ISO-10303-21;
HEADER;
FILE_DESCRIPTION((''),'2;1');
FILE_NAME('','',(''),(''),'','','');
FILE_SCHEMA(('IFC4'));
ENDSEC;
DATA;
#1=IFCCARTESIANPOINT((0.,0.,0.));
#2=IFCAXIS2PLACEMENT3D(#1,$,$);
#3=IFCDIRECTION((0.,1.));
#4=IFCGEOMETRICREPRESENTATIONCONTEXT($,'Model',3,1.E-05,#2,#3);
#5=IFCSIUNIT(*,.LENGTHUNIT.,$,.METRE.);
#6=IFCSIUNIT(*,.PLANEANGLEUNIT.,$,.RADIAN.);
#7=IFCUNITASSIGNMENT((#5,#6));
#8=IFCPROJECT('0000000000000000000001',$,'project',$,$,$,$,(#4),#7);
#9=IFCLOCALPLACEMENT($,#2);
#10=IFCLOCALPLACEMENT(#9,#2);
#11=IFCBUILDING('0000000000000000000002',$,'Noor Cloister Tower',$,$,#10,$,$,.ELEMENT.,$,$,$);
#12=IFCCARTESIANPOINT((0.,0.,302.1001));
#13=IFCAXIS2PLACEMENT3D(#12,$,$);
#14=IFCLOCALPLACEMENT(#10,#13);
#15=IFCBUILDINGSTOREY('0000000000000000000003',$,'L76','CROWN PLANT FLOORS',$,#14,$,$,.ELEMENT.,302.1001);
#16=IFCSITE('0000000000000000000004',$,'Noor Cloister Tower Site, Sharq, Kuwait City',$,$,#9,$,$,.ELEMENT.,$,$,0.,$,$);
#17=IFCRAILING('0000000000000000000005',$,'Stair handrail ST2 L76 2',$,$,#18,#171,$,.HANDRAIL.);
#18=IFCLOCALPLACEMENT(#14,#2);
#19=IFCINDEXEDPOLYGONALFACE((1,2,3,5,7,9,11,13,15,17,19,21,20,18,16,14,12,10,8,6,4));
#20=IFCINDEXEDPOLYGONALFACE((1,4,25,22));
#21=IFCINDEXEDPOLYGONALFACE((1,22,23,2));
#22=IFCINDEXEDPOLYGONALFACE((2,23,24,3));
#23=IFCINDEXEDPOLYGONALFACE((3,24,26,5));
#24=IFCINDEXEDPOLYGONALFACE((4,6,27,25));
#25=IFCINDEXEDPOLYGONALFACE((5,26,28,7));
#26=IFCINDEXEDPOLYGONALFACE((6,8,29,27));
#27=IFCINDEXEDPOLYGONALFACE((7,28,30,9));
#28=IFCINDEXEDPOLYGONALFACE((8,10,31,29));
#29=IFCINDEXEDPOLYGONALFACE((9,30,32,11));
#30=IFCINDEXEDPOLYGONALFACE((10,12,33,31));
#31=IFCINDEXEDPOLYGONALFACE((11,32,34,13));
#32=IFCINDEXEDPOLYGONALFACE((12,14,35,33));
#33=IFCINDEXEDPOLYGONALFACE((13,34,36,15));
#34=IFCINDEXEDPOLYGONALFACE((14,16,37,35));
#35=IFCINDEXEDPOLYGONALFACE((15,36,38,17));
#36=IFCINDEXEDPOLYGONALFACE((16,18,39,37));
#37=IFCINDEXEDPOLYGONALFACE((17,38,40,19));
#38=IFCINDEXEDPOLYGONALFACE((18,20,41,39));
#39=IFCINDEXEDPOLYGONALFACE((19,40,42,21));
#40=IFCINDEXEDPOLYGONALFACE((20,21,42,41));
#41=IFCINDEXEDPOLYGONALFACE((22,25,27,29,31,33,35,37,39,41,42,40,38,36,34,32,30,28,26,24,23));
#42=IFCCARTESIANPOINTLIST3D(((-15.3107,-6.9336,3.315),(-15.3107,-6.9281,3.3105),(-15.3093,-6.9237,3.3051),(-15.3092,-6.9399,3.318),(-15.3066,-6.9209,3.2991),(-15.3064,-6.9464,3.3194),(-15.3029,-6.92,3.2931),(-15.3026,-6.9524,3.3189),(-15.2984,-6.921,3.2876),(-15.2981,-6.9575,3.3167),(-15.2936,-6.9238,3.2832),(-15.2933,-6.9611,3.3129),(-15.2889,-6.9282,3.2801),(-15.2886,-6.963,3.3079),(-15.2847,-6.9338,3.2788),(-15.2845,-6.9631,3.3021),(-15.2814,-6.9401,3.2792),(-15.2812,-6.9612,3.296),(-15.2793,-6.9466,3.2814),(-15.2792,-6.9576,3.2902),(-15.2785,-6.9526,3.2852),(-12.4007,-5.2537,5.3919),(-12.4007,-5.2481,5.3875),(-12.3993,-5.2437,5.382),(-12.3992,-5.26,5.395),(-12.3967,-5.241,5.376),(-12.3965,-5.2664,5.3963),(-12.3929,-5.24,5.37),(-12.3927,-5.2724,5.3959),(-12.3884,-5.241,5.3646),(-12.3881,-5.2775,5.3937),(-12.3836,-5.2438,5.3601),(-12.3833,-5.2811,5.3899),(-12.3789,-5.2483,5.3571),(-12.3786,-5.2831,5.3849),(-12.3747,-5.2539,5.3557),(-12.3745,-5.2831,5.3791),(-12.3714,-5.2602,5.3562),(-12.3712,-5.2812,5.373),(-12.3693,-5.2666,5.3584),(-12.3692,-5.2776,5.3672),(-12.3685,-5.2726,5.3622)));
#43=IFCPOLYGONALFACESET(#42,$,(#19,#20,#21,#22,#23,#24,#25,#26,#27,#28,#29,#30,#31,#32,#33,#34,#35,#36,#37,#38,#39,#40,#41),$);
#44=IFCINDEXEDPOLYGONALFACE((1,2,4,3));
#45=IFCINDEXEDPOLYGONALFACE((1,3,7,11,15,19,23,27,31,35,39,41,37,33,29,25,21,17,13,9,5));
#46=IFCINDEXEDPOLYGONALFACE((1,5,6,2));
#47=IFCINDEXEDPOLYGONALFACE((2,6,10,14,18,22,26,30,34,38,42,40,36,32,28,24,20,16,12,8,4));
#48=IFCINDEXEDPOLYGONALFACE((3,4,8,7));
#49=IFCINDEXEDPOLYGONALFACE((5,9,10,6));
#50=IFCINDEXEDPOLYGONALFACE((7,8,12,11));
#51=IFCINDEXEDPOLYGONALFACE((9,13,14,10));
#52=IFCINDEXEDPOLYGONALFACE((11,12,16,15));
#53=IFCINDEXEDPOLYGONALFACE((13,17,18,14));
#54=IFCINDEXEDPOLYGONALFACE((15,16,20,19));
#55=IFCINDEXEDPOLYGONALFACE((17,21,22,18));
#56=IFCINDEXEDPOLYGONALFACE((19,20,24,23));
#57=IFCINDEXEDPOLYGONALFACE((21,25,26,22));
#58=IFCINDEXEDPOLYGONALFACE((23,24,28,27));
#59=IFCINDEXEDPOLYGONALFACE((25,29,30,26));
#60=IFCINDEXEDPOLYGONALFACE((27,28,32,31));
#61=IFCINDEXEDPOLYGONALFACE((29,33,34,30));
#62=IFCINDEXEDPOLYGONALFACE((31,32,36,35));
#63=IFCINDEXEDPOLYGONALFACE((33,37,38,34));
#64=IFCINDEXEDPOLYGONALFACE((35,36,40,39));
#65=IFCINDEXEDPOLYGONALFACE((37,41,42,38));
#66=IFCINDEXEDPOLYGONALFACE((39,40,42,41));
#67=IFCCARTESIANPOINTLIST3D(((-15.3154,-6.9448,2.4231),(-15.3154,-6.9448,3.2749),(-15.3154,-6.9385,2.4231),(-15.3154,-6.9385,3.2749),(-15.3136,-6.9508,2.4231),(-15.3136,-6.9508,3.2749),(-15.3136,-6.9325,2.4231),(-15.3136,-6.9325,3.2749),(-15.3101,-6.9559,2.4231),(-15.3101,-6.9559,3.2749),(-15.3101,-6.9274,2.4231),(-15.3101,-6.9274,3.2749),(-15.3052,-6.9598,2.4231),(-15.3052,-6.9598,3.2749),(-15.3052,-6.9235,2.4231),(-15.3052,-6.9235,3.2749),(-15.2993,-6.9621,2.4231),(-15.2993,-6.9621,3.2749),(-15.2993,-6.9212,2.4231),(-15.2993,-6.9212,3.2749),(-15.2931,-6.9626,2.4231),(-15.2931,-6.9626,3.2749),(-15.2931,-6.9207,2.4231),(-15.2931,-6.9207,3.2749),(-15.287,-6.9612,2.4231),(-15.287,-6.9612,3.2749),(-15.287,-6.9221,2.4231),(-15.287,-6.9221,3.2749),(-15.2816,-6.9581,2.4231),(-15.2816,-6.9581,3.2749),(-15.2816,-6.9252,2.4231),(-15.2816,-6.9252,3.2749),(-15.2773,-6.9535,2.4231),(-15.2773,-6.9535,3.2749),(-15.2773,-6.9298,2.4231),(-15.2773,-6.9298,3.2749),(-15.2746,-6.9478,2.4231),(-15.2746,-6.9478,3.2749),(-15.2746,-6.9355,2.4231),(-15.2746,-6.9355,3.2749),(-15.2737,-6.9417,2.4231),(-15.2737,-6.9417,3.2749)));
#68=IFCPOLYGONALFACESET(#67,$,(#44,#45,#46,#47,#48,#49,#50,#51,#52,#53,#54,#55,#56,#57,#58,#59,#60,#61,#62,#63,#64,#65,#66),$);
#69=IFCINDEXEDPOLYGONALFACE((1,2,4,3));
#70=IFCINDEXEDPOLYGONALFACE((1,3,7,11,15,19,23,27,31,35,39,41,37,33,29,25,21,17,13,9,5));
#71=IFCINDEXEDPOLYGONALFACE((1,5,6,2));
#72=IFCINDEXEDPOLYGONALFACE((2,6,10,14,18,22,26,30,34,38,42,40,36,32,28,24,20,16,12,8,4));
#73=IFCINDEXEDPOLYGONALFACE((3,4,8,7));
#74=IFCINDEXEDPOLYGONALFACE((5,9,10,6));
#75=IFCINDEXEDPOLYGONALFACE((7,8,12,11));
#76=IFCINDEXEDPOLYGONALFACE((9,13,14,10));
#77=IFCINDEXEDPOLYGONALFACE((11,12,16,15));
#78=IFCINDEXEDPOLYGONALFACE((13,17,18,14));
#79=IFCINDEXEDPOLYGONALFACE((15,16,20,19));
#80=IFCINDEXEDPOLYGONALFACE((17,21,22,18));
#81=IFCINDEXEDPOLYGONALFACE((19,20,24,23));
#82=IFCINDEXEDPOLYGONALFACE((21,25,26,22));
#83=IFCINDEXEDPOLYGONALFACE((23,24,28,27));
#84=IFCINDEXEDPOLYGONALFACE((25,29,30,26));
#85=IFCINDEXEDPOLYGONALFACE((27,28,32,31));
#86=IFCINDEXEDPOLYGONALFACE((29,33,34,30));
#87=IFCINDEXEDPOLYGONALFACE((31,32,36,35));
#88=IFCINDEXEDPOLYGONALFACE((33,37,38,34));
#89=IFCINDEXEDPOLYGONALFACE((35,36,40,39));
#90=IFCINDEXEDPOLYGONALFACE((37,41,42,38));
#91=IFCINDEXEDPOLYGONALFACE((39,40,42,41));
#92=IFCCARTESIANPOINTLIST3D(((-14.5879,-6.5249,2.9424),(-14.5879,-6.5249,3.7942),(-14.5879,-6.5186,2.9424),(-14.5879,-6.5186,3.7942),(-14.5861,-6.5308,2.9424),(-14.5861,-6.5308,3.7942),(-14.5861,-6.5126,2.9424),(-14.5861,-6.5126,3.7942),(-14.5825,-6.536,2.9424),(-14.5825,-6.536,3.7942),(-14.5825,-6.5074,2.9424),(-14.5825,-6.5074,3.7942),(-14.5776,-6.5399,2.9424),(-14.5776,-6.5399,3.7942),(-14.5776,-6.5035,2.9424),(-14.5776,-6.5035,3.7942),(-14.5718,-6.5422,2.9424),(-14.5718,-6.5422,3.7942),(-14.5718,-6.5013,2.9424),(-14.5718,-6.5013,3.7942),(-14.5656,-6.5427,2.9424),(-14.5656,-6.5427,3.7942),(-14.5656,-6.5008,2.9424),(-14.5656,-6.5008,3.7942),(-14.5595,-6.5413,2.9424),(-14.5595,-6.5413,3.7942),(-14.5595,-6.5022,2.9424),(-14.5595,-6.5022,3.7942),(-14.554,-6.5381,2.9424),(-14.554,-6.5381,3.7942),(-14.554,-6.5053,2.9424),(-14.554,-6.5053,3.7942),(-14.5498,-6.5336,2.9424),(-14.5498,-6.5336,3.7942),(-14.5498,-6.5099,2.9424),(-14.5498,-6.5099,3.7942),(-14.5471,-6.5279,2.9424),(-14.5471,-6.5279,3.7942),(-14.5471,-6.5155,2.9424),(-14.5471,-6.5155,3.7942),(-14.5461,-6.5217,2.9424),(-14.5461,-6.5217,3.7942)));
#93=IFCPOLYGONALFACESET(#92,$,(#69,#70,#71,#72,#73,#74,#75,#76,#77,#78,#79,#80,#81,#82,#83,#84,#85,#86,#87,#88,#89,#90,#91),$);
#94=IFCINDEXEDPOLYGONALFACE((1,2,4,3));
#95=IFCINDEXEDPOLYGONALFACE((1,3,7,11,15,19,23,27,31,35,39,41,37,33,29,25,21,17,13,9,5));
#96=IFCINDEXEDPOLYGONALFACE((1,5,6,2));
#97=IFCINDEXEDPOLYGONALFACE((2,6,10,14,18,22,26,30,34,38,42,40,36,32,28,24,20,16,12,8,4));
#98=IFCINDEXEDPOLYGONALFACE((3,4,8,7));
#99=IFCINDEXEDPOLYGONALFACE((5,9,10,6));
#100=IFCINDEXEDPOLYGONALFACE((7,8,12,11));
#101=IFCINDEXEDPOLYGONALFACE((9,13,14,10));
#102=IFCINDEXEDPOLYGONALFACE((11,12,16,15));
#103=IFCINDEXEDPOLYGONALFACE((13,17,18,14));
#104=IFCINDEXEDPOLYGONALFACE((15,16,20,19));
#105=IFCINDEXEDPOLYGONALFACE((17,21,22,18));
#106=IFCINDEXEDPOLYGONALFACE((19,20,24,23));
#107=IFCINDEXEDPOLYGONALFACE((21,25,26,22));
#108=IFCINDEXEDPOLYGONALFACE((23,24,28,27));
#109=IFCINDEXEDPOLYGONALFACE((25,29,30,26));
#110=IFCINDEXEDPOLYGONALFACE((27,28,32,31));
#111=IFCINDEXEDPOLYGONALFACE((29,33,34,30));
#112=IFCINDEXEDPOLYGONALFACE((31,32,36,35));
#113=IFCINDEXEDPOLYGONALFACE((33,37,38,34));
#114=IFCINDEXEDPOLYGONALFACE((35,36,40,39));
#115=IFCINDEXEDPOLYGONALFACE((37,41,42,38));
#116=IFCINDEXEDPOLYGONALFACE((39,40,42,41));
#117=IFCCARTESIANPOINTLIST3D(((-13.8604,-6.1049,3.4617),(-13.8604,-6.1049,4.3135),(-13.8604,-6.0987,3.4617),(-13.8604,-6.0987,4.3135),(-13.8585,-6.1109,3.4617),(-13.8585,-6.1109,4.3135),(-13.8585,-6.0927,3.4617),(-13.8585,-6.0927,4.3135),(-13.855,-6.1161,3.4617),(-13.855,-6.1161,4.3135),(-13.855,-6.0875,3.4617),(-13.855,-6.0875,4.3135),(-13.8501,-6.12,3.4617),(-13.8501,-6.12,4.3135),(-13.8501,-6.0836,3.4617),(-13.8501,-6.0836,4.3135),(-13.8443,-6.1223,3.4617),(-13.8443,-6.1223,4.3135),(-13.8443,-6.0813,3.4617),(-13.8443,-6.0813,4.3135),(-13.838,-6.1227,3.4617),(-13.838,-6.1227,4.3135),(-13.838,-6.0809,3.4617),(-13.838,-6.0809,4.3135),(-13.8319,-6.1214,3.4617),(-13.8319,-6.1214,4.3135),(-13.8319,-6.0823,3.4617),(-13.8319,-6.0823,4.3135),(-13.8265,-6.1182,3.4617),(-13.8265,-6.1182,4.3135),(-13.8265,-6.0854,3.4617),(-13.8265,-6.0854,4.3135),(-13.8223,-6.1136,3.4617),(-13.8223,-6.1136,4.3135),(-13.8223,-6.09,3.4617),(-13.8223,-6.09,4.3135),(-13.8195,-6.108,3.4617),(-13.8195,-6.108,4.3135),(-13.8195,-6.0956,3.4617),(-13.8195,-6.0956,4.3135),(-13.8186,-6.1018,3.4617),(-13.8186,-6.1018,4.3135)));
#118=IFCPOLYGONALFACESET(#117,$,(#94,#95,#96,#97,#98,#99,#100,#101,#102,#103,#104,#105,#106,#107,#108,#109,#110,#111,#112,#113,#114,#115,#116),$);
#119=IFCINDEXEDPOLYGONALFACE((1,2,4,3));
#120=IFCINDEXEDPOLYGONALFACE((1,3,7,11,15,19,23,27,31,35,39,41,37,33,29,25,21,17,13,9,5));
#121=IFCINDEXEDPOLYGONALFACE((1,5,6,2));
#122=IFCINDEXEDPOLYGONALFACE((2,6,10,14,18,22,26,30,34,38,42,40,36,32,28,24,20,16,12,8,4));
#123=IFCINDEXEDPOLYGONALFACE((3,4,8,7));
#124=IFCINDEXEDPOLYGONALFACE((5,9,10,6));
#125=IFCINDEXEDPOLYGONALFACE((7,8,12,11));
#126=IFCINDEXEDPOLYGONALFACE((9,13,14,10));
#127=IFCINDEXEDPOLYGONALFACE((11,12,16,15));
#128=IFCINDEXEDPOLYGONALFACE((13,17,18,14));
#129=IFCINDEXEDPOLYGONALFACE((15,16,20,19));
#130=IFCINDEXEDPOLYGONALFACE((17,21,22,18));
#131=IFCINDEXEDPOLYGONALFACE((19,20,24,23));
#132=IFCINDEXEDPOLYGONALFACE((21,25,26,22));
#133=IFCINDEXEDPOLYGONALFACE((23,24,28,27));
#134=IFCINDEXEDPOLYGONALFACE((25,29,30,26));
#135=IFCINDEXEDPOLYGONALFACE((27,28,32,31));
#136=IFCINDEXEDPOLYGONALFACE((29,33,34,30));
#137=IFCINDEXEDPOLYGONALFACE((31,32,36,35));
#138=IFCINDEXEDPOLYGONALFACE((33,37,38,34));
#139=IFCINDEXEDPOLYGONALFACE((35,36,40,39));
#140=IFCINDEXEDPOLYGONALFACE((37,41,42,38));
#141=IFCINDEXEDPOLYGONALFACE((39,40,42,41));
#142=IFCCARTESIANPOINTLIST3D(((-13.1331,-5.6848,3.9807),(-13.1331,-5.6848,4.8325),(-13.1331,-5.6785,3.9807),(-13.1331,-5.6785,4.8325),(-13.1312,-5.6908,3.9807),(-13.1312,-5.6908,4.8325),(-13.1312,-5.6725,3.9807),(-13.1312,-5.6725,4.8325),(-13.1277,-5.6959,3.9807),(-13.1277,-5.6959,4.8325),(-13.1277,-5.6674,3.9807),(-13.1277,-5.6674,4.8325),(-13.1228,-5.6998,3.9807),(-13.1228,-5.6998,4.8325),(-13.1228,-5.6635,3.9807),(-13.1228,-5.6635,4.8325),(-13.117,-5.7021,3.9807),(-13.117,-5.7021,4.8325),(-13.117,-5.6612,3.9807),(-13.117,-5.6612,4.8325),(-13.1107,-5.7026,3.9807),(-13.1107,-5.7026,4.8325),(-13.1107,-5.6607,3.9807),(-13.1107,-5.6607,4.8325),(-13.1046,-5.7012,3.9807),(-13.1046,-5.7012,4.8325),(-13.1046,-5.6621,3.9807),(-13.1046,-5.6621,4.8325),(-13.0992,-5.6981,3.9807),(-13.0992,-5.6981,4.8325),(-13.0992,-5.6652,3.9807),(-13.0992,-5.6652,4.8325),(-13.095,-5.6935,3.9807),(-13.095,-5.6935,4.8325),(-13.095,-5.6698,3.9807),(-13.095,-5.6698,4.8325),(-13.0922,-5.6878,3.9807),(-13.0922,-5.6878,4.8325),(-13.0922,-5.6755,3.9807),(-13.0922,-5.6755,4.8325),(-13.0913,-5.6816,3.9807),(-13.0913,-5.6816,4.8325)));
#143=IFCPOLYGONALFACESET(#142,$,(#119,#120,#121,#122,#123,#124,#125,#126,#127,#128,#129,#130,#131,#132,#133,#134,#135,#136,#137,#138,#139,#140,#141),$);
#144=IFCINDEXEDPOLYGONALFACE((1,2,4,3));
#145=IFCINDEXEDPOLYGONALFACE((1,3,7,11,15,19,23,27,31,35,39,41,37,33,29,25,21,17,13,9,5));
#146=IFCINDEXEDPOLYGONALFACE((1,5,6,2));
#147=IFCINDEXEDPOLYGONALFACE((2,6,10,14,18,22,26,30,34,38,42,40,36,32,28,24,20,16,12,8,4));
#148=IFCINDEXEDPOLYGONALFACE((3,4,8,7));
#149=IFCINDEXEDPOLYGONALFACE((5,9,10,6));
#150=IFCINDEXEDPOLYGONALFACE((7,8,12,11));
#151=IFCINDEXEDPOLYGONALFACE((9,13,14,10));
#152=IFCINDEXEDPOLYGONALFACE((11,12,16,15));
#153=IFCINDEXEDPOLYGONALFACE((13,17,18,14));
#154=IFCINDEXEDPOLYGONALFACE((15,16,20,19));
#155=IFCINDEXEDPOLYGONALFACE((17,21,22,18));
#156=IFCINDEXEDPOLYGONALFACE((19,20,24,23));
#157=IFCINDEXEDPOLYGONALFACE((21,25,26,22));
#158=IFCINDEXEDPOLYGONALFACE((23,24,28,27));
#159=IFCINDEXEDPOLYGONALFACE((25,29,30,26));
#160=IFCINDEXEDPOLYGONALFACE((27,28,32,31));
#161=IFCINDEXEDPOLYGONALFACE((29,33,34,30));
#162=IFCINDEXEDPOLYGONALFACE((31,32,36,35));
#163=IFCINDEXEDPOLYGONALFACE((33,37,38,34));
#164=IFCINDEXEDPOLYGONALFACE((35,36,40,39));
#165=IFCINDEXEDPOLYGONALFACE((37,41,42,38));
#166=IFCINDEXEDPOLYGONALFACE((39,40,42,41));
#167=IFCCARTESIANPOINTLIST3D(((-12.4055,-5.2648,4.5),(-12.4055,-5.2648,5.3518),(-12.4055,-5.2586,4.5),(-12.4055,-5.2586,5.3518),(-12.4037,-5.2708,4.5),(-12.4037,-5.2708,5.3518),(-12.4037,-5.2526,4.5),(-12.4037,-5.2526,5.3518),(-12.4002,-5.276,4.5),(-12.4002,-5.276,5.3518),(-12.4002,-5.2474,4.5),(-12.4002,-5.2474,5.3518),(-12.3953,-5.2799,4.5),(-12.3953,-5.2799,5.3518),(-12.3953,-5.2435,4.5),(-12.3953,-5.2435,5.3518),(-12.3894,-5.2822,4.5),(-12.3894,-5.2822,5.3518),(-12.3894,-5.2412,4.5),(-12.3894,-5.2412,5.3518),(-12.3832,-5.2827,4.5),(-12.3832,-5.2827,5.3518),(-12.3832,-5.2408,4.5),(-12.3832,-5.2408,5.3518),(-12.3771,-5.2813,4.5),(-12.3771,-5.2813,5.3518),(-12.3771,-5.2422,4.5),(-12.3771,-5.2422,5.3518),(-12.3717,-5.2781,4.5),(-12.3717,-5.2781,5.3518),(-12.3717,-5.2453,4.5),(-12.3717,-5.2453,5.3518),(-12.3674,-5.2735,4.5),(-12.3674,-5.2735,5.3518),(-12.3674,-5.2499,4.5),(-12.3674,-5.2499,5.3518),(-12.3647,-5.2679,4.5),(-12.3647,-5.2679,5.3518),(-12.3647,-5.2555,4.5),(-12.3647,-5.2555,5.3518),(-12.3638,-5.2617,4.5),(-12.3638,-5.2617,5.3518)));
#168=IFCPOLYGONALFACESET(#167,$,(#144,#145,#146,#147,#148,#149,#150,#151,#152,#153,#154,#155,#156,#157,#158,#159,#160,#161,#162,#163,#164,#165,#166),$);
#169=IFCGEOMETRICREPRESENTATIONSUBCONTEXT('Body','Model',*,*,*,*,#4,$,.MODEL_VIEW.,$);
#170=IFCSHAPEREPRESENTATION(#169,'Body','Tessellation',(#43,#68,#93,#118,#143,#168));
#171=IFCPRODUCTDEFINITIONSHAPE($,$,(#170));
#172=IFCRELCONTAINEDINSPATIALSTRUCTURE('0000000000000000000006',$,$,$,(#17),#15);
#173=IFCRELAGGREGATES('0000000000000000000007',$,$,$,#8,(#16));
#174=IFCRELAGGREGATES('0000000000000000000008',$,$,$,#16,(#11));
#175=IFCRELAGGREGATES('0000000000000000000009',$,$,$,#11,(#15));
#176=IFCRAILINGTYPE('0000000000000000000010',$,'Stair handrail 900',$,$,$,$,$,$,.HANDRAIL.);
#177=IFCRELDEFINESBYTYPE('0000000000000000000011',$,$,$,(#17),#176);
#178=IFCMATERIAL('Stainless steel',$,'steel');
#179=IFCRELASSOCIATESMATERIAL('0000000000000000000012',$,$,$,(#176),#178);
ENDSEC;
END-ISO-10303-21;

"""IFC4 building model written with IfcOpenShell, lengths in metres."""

from ifc_helpers import new_model, si_unit, direction, frame, origin, origin_2d, place, context, subcontext, project, spatial, circle, extrude, material, type_object, element, save


model = new_model("IFC4")

# Units and contexts
model_context = context("Model", 3, precision=1e-05, world=origin(), true_north=direction((0.0, 1.0)))
body_context = subcontext(model_context, "Body", "Model", "MODEL_VIEW")
ifc_project = project(units=[si_unit("LENGTHUNIT", "METRE"), si_unit("PLANEANGLEUNIT", "RADIAN")], contexts=[model_context])

# Site, building, storey
site_placement = place(None, origin())
site = spatial("IfcSite", under=ifc_project, at=site_placement, Name="Noor Cloister Tower Site, Sharq, Kuwait City", CompositionType="ELEMENT", RefElevation=0.0)
building_placement = place(site_placement, origin())
building = spatial("IfcBuilding", under=site, at=building_placement, Name="Noor Cloister Tower", CompositionType="ELEMENT")
storey_placement = place(building_placement, frame((0.0, 0.0, 302.1001)))
storey = spatial("IfcBuildingStorey", under=building, at=storey_placement, Name="L76", Description="CROWN PLANT FLOORS", CompositionType="ELEMENT", Elevation=302.1001)

# Railing
ifc_material_1 = material(Name="Stainless steel", Category="steel")
railing_type_1 = type_object("IfcRailingType", Name="Stair handrail 900", PredefinedType="HANDRAIL", material=ifc_material_1)
railing_1_placement = place(storey_placement, frame((-15.2947, -6.9417, 2.4231)))
element("IfcRailing", 1, at=railing_1_placement, inside=storey, type_object=railing_type_1, Name="Stair handrail ST2 L76 2", PredefinedType="HANDRAIL", context=body_context, shape_type="SweptSolid", body=[
    extrude(circle(Radius=0.0239, at=origin_2d()), frame((0.0, 0.0, 0.876), z_axis=(0.736668, 0.425288, 0.525785), x_axis=(-0.499976, 0.866039, 0.0)), (0.0, 0.0, 1.0), 3.9502),
    extrude(circle(Radius=0.021, at=origin_2d()), origin(), (0.0, 0.0, 1.0), 0.8518),
    extrude(circle(Radius=0.021, at=origin_2d()), frame((0.7275, 0.4199, 0.5193)), (0.0, 0.0, 1.0), 0.8518),
    extrude(circle(Radius=0.021, at=origin_2d()), frame((1.4551, 0.8398, 1.0386)), (0.0, 0.0, 1.0), 0.8518),
    extrude(circle(Radius=0.021, at=origin_2d()), frame((2.1824, 1.26, 1.5576)), (0.0, 0.0, 1.0), 0.8518),
    extrude(circle(Radius=0.021, at=origin_2d()), frame((2.9099, 1.6799, 2.0769)), (0.0, 0.0, 1.0), 0.8518),
])

save(model, "model.ifc")
